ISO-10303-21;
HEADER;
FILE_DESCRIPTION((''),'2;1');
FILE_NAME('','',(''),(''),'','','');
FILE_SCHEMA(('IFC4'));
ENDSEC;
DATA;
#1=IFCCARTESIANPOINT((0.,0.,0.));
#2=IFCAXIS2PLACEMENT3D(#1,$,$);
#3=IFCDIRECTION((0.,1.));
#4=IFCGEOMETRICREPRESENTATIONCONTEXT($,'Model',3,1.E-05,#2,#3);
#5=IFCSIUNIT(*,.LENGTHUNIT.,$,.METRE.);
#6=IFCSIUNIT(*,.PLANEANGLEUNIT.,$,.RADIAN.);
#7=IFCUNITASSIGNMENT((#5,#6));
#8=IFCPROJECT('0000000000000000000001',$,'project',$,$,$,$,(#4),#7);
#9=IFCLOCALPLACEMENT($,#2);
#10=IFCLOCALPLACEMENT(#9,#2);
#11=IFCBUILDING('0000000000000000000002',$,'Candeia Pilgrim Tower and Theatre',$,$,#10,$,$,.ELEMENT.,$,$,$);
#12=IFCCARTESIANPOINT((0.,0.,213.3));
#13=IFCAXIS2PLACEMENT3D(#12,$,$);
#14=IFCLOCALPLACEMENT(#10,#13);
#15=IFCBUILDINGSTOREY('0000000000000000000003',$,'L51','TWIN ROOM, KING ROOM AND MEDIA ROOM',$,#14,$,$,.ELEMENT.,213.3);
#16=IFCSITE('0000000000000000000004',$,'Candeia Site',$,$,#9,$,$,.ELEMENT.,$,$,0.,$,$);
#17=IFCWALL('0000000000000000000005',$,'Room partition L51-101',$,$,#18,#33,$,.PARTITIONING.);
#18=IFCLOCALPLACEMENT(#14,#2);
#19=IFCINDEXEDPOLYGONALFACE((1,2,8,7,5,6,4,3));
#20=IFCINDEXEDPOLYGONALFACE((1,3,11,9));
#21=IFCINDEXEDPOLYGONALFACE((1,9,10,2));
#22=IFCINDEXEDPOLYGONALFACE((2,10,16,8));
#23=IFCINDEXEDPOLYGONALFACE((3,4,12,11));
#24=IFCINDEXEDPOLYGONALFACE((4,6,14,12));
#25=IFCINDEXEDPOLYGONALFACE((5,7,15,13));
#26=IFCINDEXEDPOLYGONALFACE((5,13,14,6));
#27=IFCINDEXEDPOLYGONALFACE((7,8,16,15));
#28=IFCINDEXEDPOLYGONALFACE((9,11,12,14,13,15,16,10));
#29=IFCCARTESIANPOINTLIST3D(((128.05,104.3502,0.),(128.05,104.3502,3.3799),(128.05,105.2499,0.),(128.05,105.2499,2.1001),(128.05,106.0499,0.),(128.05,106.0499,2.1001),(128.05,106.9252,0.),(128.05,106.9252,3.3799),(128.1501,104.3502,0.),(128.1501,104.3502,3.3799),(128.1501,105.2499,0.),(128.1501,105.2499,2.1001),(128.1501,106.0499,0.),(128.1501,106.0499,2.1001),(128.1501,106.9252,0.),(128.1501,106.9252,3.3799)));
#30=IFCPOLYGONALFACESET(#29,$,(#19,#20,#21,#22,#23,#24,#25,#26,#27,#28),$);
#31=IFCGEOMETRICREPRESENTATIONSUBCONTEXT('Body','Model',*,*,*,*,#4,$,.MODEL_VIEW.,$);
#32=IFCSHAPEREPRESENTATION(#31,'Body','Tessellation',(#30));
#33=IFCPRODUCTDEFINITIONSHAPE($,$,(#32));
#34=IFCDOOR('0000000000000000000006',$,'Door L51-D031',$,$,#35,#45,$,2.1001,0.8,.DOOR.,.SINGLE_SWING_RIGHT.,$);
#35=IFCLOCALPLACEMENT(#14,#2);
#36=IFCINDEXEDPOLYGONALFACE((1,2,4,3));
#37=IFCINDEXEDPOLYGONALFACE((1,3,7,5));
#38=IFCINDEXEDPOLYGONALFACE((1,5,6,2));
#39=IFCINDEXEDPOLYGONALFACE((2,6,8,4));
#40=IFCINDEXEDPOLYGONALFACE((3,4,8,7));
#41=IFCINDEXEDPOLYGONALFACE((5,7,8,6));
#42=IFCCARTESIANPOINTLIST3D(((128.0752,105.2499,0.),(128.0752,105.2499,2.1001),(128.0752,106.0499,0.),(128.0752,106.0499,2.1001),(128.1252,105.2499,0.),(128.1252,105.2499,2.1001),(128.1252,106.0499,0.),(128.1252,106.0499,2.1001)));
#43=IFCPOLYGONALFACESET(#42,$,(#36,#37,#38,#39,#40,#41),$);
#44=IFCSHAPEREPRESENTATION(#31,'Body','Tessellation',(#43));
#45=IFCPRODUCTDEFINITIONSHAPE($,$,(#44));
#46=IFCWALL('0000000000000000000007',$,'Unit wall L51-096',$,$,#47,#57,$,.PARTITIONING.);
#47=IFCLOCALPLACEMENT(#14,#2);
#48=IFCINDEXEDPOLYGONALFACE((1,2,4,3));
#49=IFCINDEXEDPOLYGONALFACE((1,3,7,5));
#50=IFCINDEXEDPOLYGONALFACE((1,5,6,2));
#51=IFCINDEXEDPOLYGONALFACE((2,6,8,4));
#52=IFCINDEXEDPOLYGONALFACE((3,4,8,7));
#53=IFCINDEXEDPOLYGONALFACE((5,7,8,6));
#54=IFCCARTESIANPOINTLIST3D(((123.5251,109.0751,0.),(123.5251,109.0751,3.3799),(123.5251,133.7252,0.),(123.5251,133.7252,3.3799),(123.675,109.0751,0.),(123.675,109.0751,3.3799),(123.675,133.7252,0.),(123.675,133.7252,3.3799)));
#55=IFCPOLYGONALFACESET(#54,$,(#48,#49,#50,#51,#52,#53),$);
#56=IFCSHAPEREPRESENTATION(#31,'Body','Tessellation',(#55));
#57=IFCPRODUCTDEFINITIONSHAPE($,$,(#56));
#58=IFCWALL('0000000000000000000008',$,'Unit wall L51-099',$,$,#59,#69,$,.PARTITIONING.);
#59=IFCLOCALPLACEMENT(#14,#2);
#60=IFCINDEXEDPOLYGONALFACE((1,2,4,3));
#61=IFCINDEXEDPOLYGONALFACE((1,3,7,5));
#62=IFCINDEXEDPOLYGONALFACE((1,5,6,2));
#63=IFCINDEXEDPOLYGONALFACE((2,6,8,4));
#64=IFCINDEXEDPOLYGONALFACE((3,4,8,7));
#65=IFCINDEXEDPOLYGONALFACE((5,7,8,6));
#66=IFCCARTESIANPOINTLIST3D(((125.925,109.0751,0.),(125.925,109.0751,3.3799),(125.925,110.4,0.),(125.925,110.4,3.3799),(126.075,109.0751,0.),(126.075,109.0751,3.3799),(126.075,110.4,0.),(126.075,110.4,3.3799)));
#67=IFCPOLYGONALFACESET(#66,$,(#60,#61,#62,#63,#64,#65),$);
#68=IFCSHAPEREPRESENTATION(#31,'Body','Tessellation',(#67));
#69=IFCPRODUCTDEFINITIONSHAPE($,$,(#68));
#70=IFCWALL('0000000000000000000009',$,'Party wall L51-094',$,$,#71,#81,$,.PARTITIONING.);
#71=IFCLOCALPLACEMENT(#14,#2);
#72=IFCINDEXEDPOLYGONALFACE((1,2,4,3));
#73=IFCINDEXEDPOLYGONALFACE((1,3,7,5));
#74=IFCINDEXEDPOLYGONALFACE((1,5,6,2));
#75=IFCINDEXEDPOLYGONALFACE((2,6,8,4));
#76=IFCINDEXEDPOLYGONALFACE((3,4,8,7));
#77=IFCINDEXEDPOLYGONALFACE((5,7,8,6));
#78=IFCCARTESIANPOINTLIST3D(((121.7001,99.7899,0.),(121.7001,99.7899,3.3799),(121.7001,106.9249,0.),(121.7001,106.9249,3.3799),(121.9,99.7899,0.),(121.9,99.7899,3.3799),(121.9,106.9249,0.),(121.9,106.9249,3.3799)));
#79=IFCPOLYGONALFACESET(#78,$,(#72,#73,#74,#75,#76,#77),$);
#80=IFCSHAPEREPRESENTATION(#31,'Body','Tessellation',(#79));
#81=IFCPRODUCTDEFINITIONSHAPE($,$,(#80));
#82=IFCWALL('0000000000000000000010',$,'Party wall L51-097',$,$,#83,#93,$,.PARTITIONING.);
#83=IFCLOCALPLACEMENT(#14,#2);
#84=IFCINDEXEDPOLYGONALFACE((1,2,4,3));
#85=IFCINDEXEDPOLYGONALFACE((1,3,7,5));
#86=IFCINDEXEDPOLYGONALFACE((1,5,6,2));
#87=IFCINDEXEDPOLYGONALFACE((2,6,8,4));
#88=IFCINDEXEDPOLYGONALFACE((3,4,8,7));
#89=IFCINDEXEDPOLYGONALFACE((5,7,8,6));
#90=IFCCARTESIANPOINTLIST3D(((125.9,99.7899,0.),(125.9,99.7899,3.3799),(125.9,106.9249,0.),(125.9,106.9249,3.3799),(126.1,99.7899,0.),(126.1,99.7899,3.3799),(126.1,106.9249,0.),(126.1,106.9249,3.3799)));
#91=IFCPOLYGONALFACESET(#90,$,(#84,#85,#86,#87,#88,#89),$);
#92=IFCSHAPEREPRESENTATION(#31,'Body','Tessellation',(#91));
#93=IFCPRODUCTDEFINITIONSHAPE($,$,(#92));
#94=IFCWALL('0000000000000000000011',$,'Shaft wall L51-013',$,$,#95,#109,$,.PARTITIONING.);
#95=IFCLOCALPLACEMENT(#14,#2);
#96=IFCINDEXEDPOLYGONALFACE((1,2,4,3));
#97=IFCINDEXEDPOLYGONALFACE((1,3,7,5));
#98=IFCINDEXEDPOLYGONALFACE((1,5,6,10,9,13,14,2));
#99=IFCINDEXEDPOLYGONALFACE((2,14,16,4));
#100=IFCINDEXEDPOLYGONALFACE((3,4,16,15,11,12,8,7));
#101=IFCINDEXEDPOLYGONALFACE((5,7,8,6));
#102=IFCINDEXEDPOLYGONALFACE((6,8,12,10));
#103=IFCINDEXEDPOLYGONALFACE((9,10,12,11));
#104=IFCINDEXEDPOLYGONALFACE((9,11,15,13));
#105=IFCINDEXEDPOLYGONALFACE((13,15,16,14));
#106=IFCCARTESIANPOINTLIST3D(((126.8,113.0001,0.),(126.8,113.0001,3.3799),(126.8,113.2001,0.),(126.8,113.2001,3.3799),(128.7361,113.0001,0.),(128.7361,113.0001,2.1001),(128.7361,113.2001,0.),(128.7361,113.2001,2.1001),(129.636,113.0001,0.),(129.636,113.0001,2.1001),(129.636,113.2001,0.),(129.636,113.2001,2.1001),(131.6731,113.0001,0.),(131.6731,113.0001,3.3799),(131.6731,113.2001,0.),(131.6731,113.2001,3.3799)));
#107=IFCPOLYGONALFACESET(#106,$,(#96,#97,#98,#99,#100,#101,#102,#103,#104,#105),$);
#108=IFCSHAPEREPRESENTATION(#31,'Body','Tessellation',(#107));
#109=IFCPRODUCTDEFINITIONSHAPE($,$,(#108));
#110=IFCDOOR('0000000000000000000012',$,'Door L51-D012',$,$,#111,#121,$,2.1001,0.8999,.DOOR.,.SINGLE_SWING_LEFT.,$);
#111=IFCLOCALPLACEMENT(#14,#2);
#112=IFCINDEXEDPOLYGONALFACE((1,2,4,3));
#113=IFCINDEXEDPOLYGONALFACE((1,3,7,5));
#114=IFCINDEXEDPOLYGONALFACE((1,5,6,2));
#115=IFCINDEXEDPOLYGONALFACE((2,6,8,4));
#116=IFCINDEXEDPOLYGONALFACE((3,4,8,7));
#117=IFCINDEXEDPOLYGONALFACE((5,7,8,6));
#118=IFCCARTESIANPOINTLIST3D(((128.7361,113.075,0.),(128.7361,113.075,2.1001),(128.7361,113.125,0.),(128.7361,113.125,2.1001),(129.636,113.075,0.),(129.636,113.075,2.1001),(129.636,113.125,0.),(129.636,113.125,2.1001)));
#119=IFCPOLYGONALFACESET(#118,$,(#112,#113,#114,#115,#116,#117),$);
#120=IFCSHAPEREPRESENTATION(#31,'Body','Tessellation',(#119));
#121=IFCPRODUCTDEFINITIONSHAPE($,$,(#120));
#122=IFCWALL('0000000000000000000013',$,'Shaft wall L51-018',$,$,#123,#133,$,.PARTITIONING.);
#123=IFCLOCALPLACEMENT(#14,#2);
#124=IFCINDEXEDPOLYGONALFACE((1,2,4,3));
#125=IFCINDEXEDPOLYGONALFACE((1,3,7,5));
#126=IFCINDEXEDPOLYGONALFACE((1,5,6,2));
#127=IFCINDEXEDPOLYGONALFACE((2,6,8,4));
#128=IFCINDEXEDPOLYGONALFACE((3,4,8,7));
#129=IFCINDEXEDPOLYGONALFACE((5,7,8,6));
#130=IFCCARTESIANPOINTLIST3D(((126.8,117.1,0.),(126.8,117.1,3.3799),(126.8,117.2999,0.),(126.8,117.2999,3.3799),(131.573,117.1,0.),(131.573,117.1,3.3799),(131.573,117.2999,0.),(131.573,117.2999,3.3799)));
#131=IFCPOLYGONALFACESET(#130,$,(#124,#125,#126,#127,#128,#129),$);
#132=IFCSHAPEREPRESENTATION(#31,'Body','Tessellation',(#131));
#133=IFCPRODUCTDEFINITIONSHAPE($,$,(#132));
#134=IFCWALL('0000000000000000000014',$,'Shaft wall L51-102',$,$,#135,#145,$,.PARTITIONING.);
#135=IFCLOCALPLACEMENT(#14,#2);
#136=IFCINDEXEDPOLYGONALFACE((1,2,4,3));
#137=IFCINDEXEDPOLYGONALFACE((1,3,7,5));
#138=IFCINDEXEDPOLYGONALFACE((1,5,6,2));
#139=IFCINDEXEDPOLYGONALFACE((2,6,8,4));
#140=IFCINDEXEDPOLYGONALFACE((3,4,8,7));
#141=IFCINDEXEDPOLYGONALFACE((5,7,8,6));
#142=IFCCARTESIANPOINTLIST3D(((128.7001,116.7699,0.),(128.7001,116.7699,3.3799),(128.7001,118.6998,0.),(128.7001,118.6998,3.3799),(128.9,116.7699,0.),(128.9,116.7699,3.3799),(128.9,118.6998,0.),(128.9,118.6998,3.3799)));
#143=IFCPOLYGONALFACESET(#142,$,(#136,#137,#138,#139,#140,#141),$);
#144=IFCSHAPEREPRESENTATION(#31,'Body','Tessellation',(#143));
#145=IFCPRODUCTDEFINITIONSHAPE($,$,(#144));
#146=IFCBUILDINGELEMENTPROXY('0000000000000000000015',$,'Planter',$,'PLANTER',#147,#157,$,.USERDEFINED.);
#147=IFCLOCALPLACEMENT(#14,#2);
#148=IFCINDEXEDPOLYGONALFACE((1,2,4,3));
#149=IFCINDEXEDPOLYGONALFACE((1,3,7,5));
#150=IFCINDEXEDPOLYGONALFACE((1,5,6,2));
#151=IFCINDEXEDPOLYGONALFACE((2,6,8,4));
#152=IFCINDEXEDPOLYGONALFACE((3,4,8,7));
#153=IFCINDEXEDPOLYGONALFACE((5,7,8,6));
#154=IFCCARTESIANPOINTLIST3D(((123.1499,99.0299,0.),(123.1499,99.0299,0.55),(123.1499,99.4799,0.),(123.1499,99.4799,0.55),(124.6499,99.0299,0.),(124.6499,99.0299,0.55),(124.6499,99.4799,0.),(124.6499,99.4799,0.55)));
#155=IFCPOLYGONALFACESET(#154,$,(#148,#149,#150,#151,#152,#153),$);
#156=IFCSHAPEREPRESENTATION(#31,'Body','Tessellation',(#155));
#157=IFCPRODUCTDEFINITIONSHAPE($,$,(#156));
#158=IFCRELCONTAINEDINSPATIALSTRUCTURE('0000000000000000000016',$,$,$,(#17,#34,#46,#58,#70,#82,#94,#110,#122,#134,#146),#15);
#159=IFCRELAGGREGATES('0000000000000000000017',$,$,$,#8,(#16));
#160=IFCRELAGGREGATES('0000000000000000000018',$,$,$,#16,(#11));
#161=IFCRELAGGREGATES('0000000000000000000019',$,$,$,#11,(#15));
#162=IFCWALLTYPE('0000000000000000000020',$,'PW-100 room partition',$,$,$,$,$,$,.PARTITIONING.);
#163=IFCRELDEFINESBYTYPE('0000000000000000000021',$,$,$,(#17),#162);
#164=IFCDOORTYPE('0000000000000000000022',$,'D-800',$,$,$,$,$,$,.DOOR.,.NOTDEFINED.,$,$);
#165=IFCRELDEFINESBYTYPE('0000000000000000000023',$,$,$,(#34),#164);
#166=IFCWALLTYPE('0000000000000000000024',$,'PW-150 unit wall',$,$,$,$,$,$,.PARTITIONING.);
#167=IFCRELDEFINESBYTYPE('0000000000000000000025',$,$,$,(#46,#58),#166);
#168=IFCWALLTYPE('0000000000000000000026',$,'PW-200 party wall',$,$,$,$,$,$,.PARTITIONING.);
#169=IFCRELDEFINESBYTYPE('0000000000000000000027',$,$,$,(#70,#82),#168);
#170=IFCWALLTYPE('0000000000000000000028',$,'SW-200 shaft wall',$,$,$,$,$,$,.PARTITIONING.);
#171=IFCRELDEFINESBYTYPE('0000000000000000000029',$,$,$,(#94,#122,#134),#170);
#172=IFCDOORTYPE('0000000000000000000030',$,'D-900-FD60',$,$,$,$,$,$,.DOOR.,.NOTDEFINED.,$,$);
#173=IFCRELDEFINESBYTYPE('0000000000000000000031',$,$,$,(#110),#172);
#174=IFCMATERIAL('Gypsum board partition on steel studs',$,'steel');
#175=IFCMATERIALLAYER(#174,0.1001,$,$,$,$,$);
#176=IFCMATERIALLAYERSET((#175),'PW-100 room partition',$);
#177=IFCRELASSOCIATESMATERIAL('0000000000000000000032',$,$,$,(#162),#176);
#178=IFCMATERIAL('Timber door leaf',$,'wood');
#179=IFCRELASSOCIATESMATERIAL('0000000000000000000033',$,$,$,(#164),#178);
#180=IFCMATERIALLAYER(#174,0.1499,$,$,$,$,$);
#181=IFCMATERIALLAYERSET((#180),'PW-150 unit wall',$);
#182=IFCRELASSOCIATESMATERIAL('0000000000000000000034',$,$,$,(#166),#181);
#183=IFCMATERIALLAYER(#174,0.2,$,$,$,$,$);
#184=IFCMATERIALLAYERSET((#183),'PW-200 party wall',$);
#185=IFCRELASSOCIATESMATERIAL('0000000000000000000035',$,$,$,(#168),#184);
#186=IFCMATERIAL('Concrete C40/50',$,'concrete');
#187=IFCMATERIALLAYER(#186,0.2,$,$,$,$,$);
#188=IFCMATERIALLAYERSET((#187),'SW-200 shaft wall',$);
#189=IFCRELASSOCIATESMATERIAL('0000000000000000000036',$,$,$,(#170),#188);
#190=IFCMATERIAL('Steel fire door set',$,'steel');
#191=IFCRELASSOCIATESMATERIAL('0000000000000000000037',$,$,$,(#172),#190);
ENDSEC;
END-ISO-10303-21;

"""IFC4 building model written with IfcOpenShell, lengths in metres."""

from ifc_helpers import new_model, si_unit, direction, frame, frame_2d, origin, origin_2d, place, context, subcontext, project, spatial, rectangle, extrude, material, layer, layer_set, type_object, element, fill, save


model = new_model("IFC4")

# Units and contexts
model_context = context("Model", 3, precision=1e-05, world=origin(), true_north=direction((0.0, 1.0)))
body_context = subcontext(model_context, "Body", "Model", "MODEL_VIEW")
ifc_project = project(units=[si_unit("LENGTHUNIT", "METRE"), si_unit("PLANEANGLEUNIT", "RADIAN")], contexts=[model_context])

# Site, building, storey
site_placement = place(None, origin())
site = spatial("IfcSite", under=ifc_project, at=site_placement, Name="Candeia Site", CompositionType="ELEMENT", RefElevation=0.0)
building_placement = place(site_placement, origin())
building = spatial("IfcBuilding", under=site, at=building_placement, Name="Candeia Pilgrim Tower and Theatre", CompositionType="ELEMENT")
storey_placement = place(building_placement, frame((0.0, 0.0, 213.3)))
storey = spatial("IfcBuildingStorey", under=building, at=storey_placement, Name="L51", Description="TWIN ROOM, KING ROOM AND MEDIA ROOM", CompositionType="ELEMENT", Elevation=213.3)

# Shared definitions
ifc_material_1 = material(Name="Steel fire door set", Category="steel")

# Shared definitions
ifc_material_2 = material(Name="Gypsum board partition on steel studs", Category="steel")
ifc_layer_1 = layer(ifc_material_2, 0.1001)
ifc_layer_set_1 = layer_set([ifc_layer_1], Name="PW-100 room partition")
wall_type_1 = type_object("IfcWallType", Name="PW-100 room partition", PredefinedType="PARTITIONING", material=ifc_layer_set_1)

# Shared definitions
ifc_material_3 = material(Name="Timber door leaf", Category="wood")
door_type_1 = type_object("IfcDoorType", Name="D-800", OperationType="NOTDEFINED", PredefinedType="DOOR", material=ifc_material_3)

# Wall, opening, door
wall_1_placement = place(storey_placement, frame((128.1001, 104.3501, 0.0), z_axis=(0.0, 0.0, 1.0), x_axis=(0.0, 1.0, 0.0)))
wall_1 = element("IfcWall", 1, at=wall_1_placement, inside=storey, type_object=wall_type_1, Name="Room partition L51-101", PredefinedType="PARTITIONING", context=body_context, shape_type="SweptSolid", body=[
    extrude(rectangle(XDim=2.575, YDim=0.1001, at=frame_2d((1.2876, 0.0))), origin(), (0.0, 0.0, 1.0), 3.3799),
])
opening_1_placement = place(wall_1_placement, frame((0.8999, 0.0, 0.0)))
opening_1 = element("IfcOpeningElement", 2, at=opening_1_placement, cuts=wall_1, PredefinedType="OPENING", context=body_context, shape_type="SweptSolid", body=[
    extrude(rectangle(XDim=0.8, YDim=2.1001, at=frame_2d((0.3999, 1.05))), frame((0.0, 0.0601, 0.0), z_axis=(0.0, -1.0, 0.0), x_axis=(1.0, 0.0, 0.0)), (0.0, 0.0, 1.0), 0.1201),
])
door_1_placement = place(opening_1_placement, origin())
door_1 = element("IfcDoor", 3, at=door_1_placement, inside=storey, type_object=door_type_1, Name="Door L51-D031", OperationType="SINGLE_SWING_RIGHT", OverallHeight=2.1001, OverallWidth=0.8, PredefinedType="DOOR", context=body_context, shape_type="SweptSolid", body=[
    extrude(rectangle(XDim=0.8, YDim=2.1001, at=frame_2d((0.3999, 1.05))), frame((0.0, 0.0249, 0.0), z_axis=(0.0, -1.0, 0.0), x_axis=(1.0, 0.0, 0.0)), (0.0, 0.0, 1.0), 0.05),
])
fill(opening_1, door_1)

# Walls
ifc_layer_2 = layer(ifc_material_2, 0.1499)
ifc_layer_set_2 = layer_set([ifc_layer_2], Name="PW-150 unit wall")
wall_type_2 = type_object("IfcWallType", Name="PW-150 unit wall", PredefinedType="PARTITIONING", material=ifc_layer_set_2)
wall_2_placement = place(storey_placement, frame((123.6001, 109.075, 0.0), z_axis=(0.0, 0.0, 1.0), x_axis=(0.0, 1.0, 0.0)))
element("IfcWall", 4, at=wall_2_placement, inside=storey, type_object=wall_type_2, Name="Unit wall L51-096", PredefinedType="PARTITIONING", context=body_context, shape_type="SweptSolid", body=[
    extrude(rectangle(XDim=24.6501, YDim=0.1499, at=frame_2d((12.3252, 0.0))), origin(), (0.0, 0.0, 1.0), 3.3799),
])
wall_3_placement = place(storey_placement, frame((126.0, 109.075, 0.0), z_axis=(0.0, 0.0, 1.0), x_axis=(0.0, 1.0, 0.0)))
element("IfcWall", 5, at=wall_3_placement, inside=storey, type_object=wall_type_2, Name="Unit wall L51-099", PredefinedType="PARTITIONING", context=body_context, shape_type="SweptSolid", body=[
    extrude(rectangle(XDim=1.325, YDim=0.1499, at=frame_2d((0.6626, 0.0))), origin(), (0.0, 0.0, 1.0), 3.3799),
])
ifc_layer_3 = layer(ifc_material_2, 0.2)
ifc_layer_set_3 = layer_set([ifc_layer_3], Name="PW-200 party wall")
wall_type_3 = type_object("IfcWallType", Name="PW-200 party wall", PredefinedType="PARTITIONING", material=ifc_layer_set_3)
for number, where, z_axis, x_axis, name in (
    (6, (121.8, 99.79, 0.0), (0.0, 0.0, 1.0), (0.0, 1.0, 0.0), "Party wall L51-094"),
    (7, (126.0, 99.79, 0.0), (0.0, 0.0, 1.0), (0.0, 1.0, 0.0), "Party wall L51-097"),
):
    element("IfcWall", number, at=place(storey_placement, frame(where, z_axis=z_axis, x_axis=x_axis)), inside=storey, type_object=wall_type_3, Name=name, PredefinedType="PARTITIONING", context=body_context, shape_type="SweptSolid", body=[
        extrude(rectangle(XDim=7.135, YDim=0.2, at=frame_2d((3.5674, 0.0))), origin(), (0.0, 0.0, 1.0), 3.3799),
    ])

# Wall, opening, door
ifc_material_4 = material(Name="Concrete C40/50", Category="concrete")
ifc_layer_4 = layer(ifc_material_4, 0.2)
ifc_layer_set_4 = layer_set([ifc_layer_4], Name="SW-200 shaft wall")
wall_type_4 = type_object("IfcWallType", Name="SW-200 shaft wall", PredefinedType="PARTITIONING", material=ifc_layer_set_4)
wall_4_placement = place(storey_placement, frame((126.8, 113.1001, 0.0), z_axis=(0.0, 0.0, 1.0), x_axis=(1.0, 0.0, 0.0)))
wall_4 = element("IfcWall", 8, at=wall_4_placement, inside=storey, type_object=wall_type_4, Name="Shaft wall L51-013", PredefinedType="PARTITIONING", context=body_context, shape_type="SweptSolid", body=[
    extrude(rectangle(XDim=4.873, YDim=0.2, at=frame_2d((2.4365, 0.0))), origin(), (0.0, 0.0, 1.0), 3.3799),
])
opening_2_placement = place(wall_4_placement, frame((1.936, 0.0, 0.0)))
opening_2 = element("IfcOpeningElement", 9, at=opening_2_placement, cuts=wall_4, PredefinedType="OPENING", context=body_context, shape_type="SweptSolid", body=[
    extrude(rectangle(XDim=0.8999, YDim=2.1001, at=frame_2d((0.45, 1.05))), frame((0.0, 0.1099, 0.0), z_axis=(0.0, -1.0, 0.0), x_axis=(1.0, 0.0, 0.0)), (0.0, 0.0, 1.0), 0.22),
])
door_type_2 = type_object("IfcDoorType", Name="D-900-FD60", OperationType="NOTDEFINED", PredefinedType="DOOR", material=ifc_material_1)
door_2_placement = place(opening_2_placement, origin())
door_2 = element("IfcDoor", 10, at=door_2_placement, inside=storey, type_object=door_type_2, Name="Door L51-D012", OperationType="SINGLE_SWING_LEFT", OverallHeight=2.1001, OverallWidth=0.8999, PredefinedType="DOOR", context=body_context, shape_type="SweptSolid", body=[
    extrude(rectangle(XDim=0.8999, YDim=2.1001, at=frame_2d((0.45, 1.05))), frame((0.0, 0.0249, 0.0), z_axis=(0.0, -1.0, 0.0), x_axis=(1.0, 0.0, 0.0)), (0.0, 0.0, 1.0), 0.05),
])
fill(opening_2, door_2)

# Walls
wall_5_placement = place(storey_placement, frame((126.8, 117.2, 0.0), z_axis=(0.0, 0.0, 1.0), x_axis=(1.0, 0.0, 0.0)))
element("IfcWall", 11, at=wall_5_placement, inside=storey, type_object=wall_type_4, Name="Shaft wall L51-018", PredefinedType="PARTITIONING", context=body_context, shape_type="SweptSolid", body=[
    extrude(rectangle(XDim=4.7729, YDim=0.2, at=frame_2d((2.3865, 0.0))), origin(), (0.0, 0.0, 1.0), 3.3799),
])
wall_6_placement = place(storey_placement, frame((128.8, 116.77, 0.0), z_axis=(0.0, 0.0, 1.0), x_axis=(0.0, 1.0, 0.0)))
element("IfcWall", 12, at=wall_6_placement, inside=storey, type_object=wall_type_4, Name="Shaft wall L51-102", PredefinedType="PARTITIONING", context=body_context, shape_type="SweptSolid", body=[
    extrude(rectangle(XDim=1.9299, YDim=0.2, at=frame_2d((0.9648, 0.0))), origin(), (0.0, 0.0, 1.0), 3.3799),
])

# Building element proxy
proxy_placement = place(storey_placement, frame((123.8999, 99.2549, 0.0), z_axis=(0.0, 0.0, 1.0), x_axis=(1.0, 0.0, 0.0)))
element("IfcBuildingElementProxy", 13, at=proxy_placement, inside=storey, Name="Planter", ObjectType="PLANTER", PredefinedType="USERDEFINED", context=body_context, shape_type="SweptSolid", body=[
    extrude(rectangle(XDim=1.5, YDim=0.45, at=origin_2d()), origin(), (0.0, 0.0, 1.0), 0.55),
])

save(model, "model.ifc")
